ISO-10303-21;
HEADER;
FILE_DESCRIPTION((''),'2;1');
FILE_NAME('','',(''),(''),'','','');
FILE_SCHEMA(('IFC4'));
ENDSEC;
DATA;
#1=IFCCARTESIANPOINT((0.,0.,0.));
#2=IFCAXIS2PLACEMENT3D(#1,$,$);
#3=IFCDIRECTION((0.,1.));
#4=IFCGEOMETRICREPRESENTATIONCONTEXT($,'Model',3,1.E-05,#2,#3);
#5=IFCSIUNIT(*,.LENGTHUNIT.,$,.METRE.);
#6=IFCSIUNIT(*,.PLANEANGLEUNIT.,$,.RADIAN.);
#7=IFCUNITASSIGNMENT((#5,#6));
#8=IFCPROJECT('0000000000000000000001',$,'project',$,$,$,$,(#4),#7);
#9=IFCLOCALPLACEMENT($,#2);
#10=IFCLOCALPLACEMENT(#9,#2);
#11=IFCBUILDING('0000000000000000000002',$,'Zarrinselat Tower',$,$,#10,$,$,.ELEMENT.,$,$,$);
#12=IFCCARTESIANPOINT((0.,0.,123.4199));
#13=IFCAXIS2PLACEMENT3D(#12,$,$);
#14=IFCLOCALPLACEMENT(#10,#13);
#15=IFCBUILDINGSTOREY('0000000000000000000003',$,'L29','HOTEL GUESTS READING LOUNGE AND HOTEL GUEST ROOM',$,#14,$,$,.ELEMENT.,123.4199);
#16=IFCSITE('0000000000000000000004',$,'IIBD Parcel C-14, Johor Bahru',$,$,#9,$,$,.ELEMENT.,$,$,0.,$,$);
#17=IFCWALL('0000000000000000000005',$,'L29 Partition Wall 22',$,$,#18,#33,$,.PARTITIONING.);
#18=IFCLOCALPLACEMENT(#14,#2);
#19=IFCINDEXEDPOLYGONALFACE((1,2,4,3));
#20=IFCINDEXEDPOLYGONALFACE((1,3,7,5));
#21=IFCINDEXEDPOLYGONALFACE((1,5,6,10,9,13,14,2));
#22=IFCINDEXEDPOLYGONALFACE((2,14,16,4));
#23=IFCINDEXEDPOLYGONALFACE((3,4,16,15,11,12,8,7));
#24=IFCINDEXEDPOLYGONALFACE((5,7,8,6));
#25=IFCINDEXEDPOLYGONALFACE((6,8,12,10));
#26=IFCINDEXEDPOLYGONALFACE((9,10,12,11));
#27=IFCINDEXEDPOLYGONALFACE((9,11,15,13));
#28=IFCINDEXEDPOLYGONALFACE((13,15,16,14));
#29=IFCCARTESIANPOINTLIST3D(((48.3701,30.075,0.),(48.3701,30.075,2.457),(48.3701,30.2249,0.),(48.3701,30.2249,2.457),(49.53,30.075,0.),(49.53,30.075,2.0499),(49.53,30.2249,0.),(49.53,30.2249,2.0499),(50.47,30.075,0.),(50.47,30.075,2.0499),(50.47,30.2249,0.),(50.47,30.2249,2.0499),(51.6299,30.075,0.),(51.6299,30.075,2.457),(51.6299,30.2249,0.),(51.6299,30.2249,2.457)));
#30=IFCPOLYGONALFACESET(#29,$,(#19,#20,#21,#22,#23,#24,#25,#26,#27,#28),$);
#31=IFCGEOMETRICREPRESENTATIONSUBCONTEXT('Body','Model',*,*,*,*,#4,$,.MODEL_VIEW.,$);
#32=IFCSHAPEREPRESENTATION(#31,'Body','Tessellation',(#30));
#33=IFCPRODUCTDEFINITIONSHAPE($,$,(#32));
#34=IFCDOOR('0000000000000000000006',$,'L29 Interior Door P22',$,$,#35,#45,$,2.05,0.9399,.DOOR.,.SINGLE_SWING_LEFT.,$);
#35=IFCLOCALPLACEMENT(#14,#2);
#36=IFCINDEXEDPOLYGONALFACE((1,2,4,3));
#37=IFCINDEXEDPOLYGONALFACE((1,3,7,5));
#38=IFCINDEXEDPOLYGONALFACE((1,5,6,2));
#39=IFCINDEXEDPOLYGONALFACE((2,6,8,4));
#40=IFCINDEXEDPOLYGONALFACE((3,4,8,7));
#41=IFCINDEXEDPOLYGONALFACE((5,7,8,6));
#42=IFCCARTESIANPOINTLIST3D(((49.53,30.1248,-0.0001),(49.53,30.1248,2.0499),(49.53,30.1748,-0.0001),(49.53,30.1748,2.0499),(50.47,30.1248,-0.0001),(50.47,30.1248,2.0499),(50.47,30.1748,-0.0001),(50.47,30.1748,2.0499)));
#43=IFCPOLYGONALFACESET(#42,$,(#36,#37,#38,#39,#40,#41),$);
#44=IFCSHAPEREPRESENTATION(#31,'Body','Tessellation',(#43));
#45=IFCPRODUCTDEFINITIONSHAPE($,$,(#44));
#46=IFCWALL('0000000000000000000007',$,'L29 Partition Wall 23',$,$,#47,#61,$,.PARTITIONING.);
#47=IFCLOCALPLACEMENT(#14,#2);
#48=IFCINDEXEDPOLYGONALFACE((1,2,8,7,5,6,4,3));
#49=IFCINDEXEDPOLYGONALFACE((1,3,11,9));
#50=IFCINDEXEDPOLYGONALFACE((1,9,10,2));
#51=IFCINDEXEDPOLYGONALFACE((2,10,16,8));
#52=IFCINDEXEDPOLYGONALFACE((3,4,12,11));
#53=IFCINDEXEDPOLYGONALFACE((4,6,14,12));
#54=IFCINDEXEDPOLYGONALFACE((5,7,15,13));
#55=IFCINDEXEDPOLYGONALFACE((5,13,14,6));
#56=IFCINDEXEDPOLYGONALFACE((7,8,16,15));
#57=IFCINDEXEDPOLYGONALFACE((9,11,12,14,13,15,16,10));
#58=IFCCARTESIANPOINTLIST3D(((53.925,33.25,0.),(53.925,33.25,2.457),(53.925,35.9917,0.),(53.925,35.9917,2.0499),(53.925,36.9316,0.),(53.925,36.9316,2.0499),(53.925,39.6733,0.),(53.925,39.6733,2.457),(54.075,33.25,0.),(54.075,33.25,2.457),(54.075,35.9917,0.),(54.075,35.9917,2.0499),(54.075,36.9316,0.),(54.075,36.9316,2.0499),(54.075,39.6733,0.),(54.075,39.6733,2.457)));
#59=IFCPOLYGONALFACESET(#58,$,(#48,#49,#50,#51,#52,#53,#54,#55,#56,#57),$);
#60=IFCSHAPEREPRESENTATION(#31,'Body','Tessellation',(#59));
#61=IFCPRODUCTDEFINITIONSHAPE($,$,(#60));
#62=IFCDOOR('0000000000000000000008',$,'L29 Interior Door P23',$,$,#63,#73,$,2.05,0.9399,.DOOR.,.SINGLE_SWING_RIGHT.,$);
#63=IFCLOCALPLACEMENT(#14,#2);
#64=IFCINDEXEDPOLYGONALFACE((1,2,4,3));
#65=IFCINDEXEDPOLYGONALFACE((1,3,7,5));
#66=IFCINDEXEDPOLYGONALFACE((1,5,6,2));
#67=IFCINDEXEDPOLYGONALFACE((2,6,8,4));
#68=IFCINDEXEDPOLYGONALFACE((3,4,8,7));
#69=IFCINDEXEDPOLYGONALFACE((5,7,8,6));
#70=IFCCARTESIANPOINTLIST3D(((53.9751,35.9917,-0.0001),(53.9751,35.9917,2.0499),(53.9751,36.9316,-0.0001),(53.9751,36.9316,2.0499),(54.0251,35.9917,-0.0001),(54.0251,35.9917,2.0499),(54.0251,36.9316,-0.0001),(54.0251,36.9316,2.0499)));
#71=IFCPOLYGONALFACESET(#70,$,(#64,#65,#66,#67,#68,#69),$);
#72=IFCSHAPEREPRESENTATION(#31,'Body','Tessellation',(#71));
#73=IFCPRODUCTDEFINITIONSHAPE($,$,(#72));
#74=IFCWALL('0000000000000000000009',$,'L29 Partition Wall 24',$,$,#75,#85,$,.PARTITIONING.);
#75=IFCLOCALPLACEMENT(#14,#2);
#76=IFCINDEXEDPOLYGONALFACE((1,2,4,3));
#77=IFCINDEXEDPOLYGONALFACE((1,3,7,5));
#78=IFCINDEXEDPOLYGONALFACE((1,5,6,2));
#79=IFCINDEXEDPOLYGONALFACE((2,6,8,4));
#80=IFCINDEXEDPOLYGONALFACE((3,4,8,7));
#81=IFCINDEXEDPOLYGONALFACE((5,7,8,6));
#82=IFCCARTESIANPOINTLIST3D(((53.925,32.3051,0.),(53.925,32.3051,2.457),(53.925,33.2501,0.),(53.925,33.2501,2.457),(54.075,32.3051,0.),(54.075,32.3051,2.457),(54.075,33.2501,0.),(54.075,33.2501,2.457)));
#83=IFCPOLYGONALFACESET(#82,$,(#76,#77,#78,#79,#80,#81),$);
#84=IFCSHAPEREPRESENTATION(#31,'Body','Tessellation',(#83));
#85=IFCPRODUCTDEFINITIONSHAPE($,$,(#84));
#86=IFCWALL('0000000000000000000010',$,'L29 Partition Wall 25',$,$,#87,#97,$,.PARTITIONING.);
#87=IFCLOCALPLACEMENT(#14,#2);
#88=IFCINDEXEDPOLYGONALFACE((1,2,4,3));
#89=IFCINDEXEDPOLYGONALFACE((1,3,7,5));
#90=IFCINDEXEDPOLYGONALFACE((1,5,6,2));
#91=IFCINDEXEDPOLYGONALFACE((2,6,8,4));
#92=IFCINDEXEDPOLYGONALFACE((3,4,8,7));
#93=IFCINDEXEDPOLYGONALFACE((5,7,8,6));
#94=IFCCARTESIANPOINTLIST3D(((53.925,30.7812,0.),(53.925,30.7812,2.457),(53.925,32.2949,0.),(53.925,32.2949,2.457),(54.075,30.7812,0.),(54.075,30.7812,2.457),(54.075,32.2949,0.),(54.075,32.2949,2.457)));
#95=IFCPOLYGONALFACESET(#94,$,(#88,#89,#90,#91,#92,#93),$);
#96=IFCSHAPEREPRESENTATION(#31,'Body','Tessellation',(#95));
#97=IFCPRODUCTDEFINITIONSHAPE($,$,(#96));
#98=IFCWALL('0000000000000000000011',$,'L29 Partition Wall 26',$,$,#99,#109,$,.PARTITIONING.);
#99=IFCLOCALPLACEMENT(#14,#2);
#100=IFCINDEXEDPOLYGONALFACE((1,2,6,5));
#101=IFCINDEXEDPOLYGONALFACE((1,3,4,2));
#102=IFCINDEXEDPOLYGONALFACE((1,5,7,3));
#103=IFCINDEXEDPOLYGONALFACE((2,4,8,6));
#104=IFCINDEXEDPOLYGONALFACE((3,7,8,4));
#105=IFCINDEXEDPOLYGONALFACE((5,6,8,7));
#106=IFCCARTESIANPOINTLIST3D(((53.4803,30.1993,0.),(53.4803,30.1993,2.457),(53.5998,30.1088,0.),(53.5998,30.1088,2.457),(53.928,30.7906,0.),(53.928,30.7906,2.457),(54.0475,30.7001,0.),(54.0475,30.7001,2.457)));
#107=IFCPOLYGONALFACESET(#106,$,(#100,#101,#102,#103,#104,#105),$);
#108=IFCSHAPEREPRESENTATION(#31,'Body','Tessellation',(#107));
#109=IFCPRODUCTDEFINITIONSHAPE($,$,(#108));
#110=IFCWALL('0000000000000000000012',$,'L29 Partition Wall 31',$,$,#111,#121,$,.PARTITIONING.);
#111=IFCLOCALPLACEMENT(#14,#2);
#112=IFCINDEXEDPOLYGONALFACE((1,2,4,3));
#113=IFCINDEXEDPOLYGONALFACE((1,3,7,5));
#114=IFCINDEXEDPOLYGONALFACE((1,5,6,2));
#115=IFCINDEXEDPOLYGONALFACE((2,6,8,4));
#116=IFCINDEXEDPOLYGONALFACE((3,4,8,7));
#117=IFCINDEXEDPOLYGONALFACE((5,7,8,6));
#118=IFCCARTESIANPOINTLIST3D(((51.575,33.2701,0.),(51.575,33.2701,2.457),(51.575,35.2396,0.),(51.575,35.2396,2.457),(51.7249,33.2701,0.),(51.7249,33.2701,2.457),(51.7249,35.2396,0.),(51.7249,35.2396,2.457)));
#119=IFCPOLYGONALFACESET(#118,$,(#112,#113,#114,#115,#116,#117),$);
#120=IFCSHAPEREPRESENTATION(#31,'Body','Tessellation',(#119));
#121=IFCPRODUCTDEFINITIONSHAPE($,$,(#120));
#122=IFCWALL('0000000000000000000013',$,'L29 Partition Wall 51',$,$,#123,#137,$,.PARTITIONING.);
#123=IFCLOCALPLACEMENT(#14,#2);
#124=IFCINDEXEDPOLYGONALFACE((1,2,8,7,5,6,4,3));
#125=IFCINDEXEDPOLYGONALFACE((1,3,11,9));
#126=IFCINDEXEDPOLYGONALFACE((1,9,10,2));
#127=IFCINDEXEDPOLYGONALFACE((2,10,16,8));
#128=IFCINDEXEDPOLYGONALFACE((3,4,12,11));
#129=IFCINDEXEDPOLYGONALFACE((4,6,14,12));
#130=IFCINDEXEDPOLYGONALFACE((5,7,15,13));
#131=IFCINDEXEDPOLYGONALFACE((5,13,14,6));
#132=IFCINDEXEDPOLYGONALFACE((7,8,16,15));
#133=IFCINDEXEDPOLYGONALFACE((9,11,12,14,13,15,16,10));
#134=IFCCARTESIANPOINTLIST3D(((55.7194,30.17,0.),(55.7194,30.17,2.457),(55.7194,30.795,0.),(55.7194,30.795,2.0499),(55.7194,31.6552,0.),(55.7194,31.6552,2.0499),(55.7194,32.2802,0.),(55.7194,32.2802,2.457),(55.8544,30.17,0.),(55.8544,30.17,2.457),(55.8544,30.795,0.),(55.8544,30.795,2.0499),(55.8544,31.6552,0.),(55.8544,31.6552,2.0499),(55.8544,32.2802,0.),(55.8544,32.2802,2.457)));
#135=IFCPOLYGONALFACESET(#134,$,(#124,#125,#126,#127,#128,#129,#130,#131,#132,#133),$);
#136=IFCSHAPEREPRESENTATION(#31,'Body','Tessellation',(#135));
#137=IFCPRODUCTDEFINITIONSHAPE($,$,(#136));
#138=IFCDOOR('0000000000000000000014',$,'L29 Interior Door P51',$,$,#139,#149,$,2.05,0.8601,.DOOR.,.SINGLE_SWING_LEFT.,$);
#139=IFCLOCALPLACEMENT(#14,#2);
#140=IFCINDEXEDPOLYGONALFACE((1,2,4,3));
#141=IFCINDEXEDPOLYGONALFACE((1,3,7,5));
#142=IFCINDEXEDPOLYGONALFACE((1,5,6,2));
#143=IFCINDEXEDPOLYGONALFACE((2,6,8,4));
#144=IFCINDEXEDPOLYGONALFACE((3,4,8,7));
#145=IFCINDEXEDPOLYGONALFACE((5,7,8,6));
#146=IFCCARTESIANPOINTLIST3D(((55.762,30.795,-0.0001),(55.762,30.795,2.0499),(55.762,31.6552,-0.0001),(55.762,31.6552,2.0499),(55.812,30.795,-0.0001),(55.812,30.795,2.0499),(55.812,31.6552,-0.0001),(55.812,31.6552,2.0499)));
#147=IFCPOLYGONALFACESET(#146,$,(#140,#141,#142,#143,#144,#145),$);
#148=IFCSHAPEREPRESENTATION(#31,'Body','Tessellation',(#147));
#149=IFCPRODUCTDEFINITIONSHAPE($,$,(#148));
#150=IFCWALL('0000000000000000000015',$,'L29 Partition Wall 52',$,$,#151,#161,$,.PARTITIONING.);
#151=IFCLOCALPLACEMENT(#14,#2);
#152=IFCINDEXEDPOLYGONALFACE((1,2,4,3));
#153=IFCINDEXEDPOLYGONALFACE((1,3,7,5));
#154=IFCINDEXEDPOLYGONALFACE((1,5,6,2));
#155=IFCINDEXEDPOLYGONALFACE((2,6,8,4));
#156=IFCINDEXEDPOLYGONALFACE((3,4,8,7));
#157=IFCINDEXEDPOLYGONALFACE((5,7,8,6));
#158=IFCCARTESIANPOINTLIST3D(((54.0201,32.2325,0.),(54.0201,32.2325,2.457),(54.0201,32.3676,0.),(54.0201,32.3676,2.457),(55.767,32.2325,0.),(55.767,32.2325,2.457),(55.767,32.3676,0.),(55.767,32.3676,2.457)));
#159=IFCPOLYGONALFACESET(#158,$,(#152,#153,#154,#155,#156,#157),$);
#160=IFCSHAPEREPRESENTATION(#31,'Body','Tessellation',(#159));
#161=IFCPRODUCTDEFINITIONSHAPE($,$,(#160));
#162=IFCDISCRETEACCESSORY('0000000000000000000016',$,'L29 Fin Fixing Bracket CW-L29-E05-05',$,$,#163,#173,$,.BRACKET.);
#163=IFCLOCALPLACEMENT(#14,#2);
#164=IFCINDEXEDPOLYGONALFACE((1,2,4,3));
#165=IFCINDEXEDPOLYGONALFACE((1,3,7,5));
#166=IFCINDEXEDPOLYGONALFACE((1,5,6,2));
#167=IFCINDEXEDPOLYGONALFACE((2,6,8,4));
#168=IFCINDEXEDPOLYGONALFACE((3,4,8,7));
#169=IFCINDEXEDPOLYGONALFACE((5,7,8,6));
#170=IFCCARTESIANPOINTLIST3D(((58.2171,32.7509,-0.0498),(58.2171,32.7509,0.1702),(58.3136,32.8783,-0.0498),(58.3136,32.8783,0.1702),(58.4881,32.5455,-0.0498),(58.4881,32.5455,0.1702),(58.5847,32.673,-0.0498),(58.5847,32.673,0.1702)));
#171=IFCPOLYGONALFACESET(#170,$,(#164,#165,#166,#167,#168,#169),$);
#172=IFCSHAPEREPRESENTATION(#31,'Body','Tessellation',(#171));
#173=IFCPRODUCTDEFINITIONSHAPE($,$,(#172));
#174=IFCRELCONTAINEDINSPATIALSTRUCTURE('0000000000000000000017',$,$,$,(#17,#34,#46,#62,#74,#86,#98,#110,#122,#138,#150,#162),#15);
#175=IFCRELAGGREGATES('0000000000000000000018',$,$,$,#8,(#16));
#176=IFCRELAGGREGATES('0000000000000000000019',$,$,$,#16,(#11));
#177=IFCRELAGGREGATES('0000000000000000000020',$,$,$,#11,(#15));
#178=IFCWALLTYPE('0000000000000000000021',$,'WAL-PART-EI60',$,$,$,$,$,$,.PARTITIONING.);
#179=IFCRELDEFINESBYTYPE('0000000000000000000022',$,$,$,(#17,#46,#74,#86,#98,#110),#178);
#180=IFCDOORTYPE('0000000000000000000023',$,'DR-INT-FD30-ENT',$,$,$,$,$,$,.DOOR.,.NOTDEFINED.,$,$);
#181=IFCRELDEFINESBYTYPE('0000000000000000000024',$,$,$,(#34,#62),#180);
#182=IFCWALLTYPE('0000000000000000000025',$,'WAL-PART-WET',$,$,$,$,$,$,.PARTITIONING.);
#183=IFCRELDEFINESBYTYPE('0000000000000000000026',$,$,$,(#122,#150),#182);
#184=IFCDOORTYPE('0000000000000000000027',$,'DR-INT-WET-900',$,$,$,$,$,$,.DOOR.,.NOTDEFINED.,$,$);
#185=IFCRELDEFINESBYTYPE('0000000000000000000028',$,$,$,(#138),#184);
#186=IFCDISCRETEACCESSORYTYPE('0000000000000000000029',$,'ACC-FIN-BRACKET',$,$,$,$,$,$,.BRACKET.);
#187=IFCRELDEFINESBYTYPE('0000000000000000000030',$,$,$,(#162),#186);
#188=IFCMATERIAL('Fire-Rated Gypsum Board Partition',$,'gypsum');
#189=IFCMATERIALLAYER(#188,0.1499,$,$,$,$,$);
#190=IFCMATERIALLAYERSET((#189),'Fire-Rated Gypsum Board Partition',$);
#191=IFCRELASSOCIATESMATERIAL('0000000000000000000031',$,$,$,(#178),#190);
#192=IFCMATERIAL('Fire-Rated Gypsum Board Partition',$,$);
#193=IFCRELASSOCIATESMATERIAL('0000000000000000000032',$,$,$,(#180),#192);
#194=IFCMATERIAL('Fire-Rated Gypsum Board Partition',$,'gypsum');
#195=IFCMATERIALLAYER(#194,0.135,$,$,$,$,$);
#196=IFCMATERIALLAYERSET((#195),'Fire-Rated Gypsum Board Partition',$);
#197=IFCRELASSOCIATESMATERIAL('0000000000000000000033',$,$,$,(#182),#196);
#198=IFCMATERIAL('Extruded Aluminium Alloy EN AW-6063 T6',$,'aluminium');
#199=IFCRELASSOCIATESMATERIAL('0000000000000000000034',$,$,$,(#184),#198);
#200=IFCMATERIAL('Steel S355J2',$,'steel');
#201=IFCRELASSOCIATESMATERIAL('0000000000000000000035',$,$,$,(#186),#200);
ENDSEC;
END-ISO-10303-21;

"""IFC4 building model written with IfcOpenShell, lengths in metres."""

from ifc_helpers import new_model, si_unit, direction, frame, frame_2d, origin, origin_2d, place, context, subcontext, project, spatial, rectangle, extrude, material, layer, layer_set, type_object, element, fill, save


model = new_model("IFC4")

# Units and contexts
model_context = context("Model", 3, precision=1e-05, world=origin(), true_north=direction((0.0, 1.0)))
body_context = subcontext(model_context, "Body", "Model", "MODEL_VIEW")
ifc_project = project(units=[si_unit("LENGTHUNIT", "METRE"), si_unit("PLANEANGLEUNIT", "RADIAN")], contexts=[model_context])

# Site, building, storey
site_placement = place(None, origin())
site = spatial("IfcSite", under=ifc_project, at=site_placement, Name="IIBD Parcel C-14, Johor Bahru", CompositionType="ELEMENT", RefElevation=0.0)
building_placement = place(site_placement, origin())
building = spatial("IfcBuilding", under=site, at=building_placement, Name="Zarrinselat Tower", CompositionType="ELEMENT")
storey_placement = place(building_placement, frame((0.0, 0.0, 123.4199)))
storey = spatial("IfcBuildingStorey", under=building, at=storey_placement, Name="L29", Description="HOTEL GUESTS READING LOUNGE AND HOTEL GUEST ROOM", CompositionType="ELEMENT", Elevation=123.4199)

# Walls, openings, doors
ifc_material_1 = material(Name="Fire-Rated Gypsum Board Partition", Category="gypsum")
ifc_layer_1 = layer(ifc_material_1, 0.1499)
ifc_layer_set_1 = layer_set([ifc_layer_1], Name="Fire-Rated Gypsum Board Partition")
wall_type_1 = type_object("IfcWallType", Name="WAL-PART-EI60", PredefinedType="PARTITIONING", material=ifc_layer_set_1)
wall_1_placement = place(storey_placement, frame((48.3701, 30.1499, 0.0), z_axis=(0.0, 0.0, 1.0), x_axis=(1.0, 0.0, 0.0)))
wall_1 = element("IfcWall", 1, at=wall_1_placement, inside=storey, type_object=wall_type_1, Name="L29 Partition Wall 22", PredefinedType="PARTITIONING", context=body_context, shape_type="SweptSolid", body=[
    extrude(rectangle(XDim=3.2598, YDim=0.1499, at=frame_2d((1.6299, 0.0))), origin(), (0.0, 0.0, 1.0), 2.457),
])
opening_1_placement = place(wall_1_placement, frame((1.1599, 0.0, 0.0)))
opening_1 = element("IfcOpeningElement", 2, at=opening_1_placement, cuts=wall_1, PredefinedType="OPENING", context=body_context, shape_type="SweptSolid", body=[
    extrude(rectangle(XDim=0.9399, YDim=2.05, at=frame_2d((0.47, 1.0249))), frame((0.0, 0.085, 0.0), z_axis=(0.0, -1.0, 0.0), x_axis=(1.0, 0.0, 0.0)), (0.0, 0.0, 1.0), 0.1699),
])
ifc_material_2 = material(Name="Fire-Rated Gypsum Board Partition")
door_type_1 = type_object("IfcDoorType", Name="DR-INT-FD30-ENT", OperationType="NOTDEFINED", PredefinedType="DOOR", material=ifc_material_2)
door_1_placement = place(opening_1_placement, origin())
door_1 = element("IfcDoor", 3, at=door_1_placement, inside=storey, type_object=door_type_1, Name="L29 Interior Door P22", OperationType="SINGLE_SWING_LEFT", OverallHeight=2.05, OverallWidth=0.9399, PredefinedType="DOOR", context=body_context, shape_type="SweptSolid", body=[
    extrude(rectangle(XDim=0.9399, YDim=2.05, at=frame_2d((0.47, 1.0249))), frame((0.0, 0.0249, 0.0), z_axis=(0.0, -1.0, 0.0), x_axis=(1.0, 0.0, 0.0)), (0.0, 0.0, 1.0), 0.05),
])
fill(opening_1, door_1)
wall_2_placement = place(storey_placement, frame((54.0, 33.25, 0.0), z_axis=(0.0, 0.0, 1.0), x_axis=(0.0, 1.0, 0.0)))
wall_2 = element("IfcWall", 4, at=wall_2_placement, inside=storey, type_object=wall_type_1, Name="L29 Partition Wall 23", PredefinedType="PARTITIONING", context=body_context, shape_type="SweptSolid", body=[
    extrude(rectangle(XDim=6.4233, YDim=0.1499, at=frame_2d((3.2117, 0.0))), origin(), (0.0, 0.0, 1.0), 2.457),
])
opening_2_placement = place(wall_2_placement, frame((2.7417, 0.0, 0.0)))
opening_2 = element("IfcOpeningElement", 5, at=opening_2_placement, cuts=wall_2, PredefinedType="OPENING", context=body_context, shape_type="SweptSolid", body=[
    extrude(rectangle(XDim=0.9399, YDim=2.05, at=frame_2d((0.47, 1.0249))), frame((0.0, 0.085, 0.0), z_axis=(0.0, -1.0, 0.0), x_axis=(1.0, 0.0, 0.0)), (0.0, 0.0, 1.0), 0.1699),
])
door_2_placement = place(opening_2_placement, origin())
door_2 = element("IfcDoor", 6, at=door_2_placement, inside=storey, type_object=door_type_1, Name="L29 Interior Door P23", OperationType="SINGLE_SWING_RIGHT", OverallHeight=2.05, OverallWidth=0.9399, PredefinedType="DOOR", context=body_context, shape_type="SweptSolid", body=[
    extrude(rectangle(XDim=0.9399, YDim=2.05, at=frame_2d((0.47, 1.0249))), frame((0.0, 0.0249, 0.0), z_axis=(0.0, -1.0, 0.0), x_axis=(1.0, 0.0, 0.0)), (0.0, 0.0, 1.0), 0.05),
])
fill(opening_2, door_2)

# Walls
wall_3_placement = place(storey_placement, frame((54.0, 32.3049, 0.0), z_axis=(0.0, 0.0, 1.0), x_axis=(0.0, 1.0, 0.0)))
element("IfcWall", 7, at=wall_3_placement, inside=storey, type_object=wall_type_1, Name="L29 Partition Wall 24", PredefinedType="PARTITIONING", context=body_context, shape_type="SweptSolid", body=[
    extrude(rectangle(XDim=0.9451, YDim=0.1499, at=frame_2d((0.4727, 0.0))), origin(), (0.0, 0.0, 1.0), 2.457),
])
wall_4_placement = place(storey_placement, frame((54.0, 30.7812, 0.0), z_axis=(0.0, 0.0, 1.0), x_axis=(0.0, 1.0, 0.0)))
element("IfcWall", 8, at=wall_4_placement, inside=storey, type_object=wall_type_1, Name="L29 Partition Wall 25", PredefinedType="PARTITIONING", context=body_context, shape_type="SweptSolid", body=[
    extrude(rectangle(XDim=1.5137, YDim=0.1499, at=frame_2d((0.7568, 0.0))), origin(), (0.0, 0.0, 1.0), 2.457),
])
wall_5_placement = place(storey_placement, frame((53.54, 30.1541, 0.0), z_axis=(0.0, 0.0, 1.0), x_axis=(0.60368, 0.797227, 0.0)))
element("IfcWall", 9, at=wall_5_placement, inside=storey, type_object=wall_type_1, Name="L29 Partition Wall 26", PredefinedType="PARTITIONING", context=body_context, shape_type="SweptSolid", body=[
    extrude(rectangle(XDim=0.7417, YDim=0.1499, at=frame_2d((0.3708, 0.0))), origin(), (0.0, 0.0, 1.0), 2.457),
])
wall_6_placement = place(storey_placement, frame((51.6499, 33.27, 0.0), z_axis=(0.0, 0.0, 1.0), x_axis=(0.0, 1.0, 0.0)))
element("IfcWall", 10, at=wall_6_placement, inside=storey, type_object=wall_type_1, Name="L29 Partition Wall 31", PredefinedType="PARTITIONING", context=body_context, shape_type="SweptSolid", body=[
    extrude(rectangle(XDim=1.9695, YDim=0.1499, at=frame_2d((0.9849, 0.0))), origin(), (0.0, 0.0, 1.0), 2.457),
])

# Wall, opening, door
ifc_material_3 = material(Name="Fire-Rated Gypsum Board Partition", Category="gypsum")
ifc_layer_2 = layer(ifc_material_3, 0.135)
ifc_layer_set_2 = layer_set([ifc_layer_2], Name="Fire-Rated Gypsum Board Partition")
wall_type_2 = type_object("IfcWallType", Name="WAL-PART-WET", PredefinedType="PARTITIONING", material=ifc_layer_set_2)
wall_7_placement = place(storey_placement, frame((55.7869, 30.1699, 0.0), z_axis=(0.0, 0.0, 1.0), x_axis=(0.0, 1.0, 0.0)))
wall_7 = element("IfcWall", 11, at=wall_7_placement, inside=storey, type_object=wall_type_2, Name="L29 Partition Wall 51", PredefinedType="PARTITIONING", context=body_context, shape_type="SweptSolid", body=[
    extrude(rectangle(XDim=2.1101, YDim=0.135, at=frame_2d((1.0552, 0.0))), origin(), (0.0, 0.0, 1.0), 2.457),
])
opening_3_placement = place(wall_7_placement, frame((0.625, 0.0, 0.0)))
opening_3 = element("IfcOpeningElement", 12, at=opening_3_placement, cuts=wall_7, PredefinedType="OPENING", context=body_context, shape_type="SweptSolid", body=[
    extrude(rectangle(XDim=0.8601, YDim=2.05, at=frame_2d((0.4302, 1.0249))), frame((0.0, 0.0774, 0.0), z_axis=(0.0, -1.0, 0.0), x_axis=(1.0, 0.0, 0.0)), (0.0, 0.0, 1.0), 0.155),
])
ifc_material_4 = material(Name="Extruded Aluminium Alloy EN AW-6063 T6", Category="aluminium")
door_type_2 = type_object("IfcDoorType", Name="DR-INT-WET-900", OperationType="NOTDEFINED", PredefinedType="DOOR", material=ifc_material_4)
door_3_placement = place(opening_3_placement, origin())
door_3 = element("IfcDoor", 13, at=door_3_placement, inside=storey, type_object=door_type_2, Name="L29 Interior Door P51", OperationType="SINGLE_SWING_LEFT", OverallHeight=2.05, OverallWidth=0.8601, PredefinedType="DOOR", context=body_context, shape_type="SweptSolid", body=[
    extrude(rectangle(XDim=0.8601, YDim=2.05, at=frame_2d((0.4302, 1.0249))), frame((0.0, 0.0249, 0.0), z_axis=(0.0, -1.0, 0.0), x_axis=(1.0, 0.0, 0.0)), (0.0, 0.0, 1.0), 0.05),
])
fill(opening_3, door_3)

# Wall
wall_8_placement = place(storey_placement, frame((54.02, 32.3, 0.0), z_axis=(0.0, 0.0, 1.0), x_axis=(1.0, 0.0, 0.0)))
element("IfcWall", 14, at=wall_8_placement, inside=storey, type_object=wall_type_2, Name="L29 Partition Wall 52", PredefinedType="PARTITIONING", context=body_context, shape_type="SweptSolid", body=[
    extrude(rectangle(XDim=1.7468, YDim=0.135, at=frame_2d((0.8735, 0.0))), origin(), (0.0, 0.0, 1.0), 2.457),
])

# Discrete accessory
ifc_material_5 = material(Name="Steel S355J2", Category="steel")
discrete_accessory_type = type_object("IfcDiscreteAccessoryType", Name="ACC-FIN-BRACKET", PredefinedType="BRACKET", material=ifc_material_5)
discrete_accessory_placement = place(storey_placement, frame((58.4009, 32.7119, -0.0498), z_axis=(0.0, 0.0, 1.0), x_axis=(0.797092, -0.603858, 0.0)))
element("IfcDiscreteAccessory", 15, at=discrete_accessory_placement, inside=storey, type_object=discrete_accessory_type, Name="L29 Fin Fixing Bracket CW-L29-E05-05", PredefinedType="BRACKET", context=body_context, shape_type="SweptSolid", body=[
    extrude(rectangle(XDim=0.3401, YDim=0.1599, at=origin_2d()), origin(), (0.0, 0.0, 1.0), 0.22),
])

save(model, "model.ifc")
